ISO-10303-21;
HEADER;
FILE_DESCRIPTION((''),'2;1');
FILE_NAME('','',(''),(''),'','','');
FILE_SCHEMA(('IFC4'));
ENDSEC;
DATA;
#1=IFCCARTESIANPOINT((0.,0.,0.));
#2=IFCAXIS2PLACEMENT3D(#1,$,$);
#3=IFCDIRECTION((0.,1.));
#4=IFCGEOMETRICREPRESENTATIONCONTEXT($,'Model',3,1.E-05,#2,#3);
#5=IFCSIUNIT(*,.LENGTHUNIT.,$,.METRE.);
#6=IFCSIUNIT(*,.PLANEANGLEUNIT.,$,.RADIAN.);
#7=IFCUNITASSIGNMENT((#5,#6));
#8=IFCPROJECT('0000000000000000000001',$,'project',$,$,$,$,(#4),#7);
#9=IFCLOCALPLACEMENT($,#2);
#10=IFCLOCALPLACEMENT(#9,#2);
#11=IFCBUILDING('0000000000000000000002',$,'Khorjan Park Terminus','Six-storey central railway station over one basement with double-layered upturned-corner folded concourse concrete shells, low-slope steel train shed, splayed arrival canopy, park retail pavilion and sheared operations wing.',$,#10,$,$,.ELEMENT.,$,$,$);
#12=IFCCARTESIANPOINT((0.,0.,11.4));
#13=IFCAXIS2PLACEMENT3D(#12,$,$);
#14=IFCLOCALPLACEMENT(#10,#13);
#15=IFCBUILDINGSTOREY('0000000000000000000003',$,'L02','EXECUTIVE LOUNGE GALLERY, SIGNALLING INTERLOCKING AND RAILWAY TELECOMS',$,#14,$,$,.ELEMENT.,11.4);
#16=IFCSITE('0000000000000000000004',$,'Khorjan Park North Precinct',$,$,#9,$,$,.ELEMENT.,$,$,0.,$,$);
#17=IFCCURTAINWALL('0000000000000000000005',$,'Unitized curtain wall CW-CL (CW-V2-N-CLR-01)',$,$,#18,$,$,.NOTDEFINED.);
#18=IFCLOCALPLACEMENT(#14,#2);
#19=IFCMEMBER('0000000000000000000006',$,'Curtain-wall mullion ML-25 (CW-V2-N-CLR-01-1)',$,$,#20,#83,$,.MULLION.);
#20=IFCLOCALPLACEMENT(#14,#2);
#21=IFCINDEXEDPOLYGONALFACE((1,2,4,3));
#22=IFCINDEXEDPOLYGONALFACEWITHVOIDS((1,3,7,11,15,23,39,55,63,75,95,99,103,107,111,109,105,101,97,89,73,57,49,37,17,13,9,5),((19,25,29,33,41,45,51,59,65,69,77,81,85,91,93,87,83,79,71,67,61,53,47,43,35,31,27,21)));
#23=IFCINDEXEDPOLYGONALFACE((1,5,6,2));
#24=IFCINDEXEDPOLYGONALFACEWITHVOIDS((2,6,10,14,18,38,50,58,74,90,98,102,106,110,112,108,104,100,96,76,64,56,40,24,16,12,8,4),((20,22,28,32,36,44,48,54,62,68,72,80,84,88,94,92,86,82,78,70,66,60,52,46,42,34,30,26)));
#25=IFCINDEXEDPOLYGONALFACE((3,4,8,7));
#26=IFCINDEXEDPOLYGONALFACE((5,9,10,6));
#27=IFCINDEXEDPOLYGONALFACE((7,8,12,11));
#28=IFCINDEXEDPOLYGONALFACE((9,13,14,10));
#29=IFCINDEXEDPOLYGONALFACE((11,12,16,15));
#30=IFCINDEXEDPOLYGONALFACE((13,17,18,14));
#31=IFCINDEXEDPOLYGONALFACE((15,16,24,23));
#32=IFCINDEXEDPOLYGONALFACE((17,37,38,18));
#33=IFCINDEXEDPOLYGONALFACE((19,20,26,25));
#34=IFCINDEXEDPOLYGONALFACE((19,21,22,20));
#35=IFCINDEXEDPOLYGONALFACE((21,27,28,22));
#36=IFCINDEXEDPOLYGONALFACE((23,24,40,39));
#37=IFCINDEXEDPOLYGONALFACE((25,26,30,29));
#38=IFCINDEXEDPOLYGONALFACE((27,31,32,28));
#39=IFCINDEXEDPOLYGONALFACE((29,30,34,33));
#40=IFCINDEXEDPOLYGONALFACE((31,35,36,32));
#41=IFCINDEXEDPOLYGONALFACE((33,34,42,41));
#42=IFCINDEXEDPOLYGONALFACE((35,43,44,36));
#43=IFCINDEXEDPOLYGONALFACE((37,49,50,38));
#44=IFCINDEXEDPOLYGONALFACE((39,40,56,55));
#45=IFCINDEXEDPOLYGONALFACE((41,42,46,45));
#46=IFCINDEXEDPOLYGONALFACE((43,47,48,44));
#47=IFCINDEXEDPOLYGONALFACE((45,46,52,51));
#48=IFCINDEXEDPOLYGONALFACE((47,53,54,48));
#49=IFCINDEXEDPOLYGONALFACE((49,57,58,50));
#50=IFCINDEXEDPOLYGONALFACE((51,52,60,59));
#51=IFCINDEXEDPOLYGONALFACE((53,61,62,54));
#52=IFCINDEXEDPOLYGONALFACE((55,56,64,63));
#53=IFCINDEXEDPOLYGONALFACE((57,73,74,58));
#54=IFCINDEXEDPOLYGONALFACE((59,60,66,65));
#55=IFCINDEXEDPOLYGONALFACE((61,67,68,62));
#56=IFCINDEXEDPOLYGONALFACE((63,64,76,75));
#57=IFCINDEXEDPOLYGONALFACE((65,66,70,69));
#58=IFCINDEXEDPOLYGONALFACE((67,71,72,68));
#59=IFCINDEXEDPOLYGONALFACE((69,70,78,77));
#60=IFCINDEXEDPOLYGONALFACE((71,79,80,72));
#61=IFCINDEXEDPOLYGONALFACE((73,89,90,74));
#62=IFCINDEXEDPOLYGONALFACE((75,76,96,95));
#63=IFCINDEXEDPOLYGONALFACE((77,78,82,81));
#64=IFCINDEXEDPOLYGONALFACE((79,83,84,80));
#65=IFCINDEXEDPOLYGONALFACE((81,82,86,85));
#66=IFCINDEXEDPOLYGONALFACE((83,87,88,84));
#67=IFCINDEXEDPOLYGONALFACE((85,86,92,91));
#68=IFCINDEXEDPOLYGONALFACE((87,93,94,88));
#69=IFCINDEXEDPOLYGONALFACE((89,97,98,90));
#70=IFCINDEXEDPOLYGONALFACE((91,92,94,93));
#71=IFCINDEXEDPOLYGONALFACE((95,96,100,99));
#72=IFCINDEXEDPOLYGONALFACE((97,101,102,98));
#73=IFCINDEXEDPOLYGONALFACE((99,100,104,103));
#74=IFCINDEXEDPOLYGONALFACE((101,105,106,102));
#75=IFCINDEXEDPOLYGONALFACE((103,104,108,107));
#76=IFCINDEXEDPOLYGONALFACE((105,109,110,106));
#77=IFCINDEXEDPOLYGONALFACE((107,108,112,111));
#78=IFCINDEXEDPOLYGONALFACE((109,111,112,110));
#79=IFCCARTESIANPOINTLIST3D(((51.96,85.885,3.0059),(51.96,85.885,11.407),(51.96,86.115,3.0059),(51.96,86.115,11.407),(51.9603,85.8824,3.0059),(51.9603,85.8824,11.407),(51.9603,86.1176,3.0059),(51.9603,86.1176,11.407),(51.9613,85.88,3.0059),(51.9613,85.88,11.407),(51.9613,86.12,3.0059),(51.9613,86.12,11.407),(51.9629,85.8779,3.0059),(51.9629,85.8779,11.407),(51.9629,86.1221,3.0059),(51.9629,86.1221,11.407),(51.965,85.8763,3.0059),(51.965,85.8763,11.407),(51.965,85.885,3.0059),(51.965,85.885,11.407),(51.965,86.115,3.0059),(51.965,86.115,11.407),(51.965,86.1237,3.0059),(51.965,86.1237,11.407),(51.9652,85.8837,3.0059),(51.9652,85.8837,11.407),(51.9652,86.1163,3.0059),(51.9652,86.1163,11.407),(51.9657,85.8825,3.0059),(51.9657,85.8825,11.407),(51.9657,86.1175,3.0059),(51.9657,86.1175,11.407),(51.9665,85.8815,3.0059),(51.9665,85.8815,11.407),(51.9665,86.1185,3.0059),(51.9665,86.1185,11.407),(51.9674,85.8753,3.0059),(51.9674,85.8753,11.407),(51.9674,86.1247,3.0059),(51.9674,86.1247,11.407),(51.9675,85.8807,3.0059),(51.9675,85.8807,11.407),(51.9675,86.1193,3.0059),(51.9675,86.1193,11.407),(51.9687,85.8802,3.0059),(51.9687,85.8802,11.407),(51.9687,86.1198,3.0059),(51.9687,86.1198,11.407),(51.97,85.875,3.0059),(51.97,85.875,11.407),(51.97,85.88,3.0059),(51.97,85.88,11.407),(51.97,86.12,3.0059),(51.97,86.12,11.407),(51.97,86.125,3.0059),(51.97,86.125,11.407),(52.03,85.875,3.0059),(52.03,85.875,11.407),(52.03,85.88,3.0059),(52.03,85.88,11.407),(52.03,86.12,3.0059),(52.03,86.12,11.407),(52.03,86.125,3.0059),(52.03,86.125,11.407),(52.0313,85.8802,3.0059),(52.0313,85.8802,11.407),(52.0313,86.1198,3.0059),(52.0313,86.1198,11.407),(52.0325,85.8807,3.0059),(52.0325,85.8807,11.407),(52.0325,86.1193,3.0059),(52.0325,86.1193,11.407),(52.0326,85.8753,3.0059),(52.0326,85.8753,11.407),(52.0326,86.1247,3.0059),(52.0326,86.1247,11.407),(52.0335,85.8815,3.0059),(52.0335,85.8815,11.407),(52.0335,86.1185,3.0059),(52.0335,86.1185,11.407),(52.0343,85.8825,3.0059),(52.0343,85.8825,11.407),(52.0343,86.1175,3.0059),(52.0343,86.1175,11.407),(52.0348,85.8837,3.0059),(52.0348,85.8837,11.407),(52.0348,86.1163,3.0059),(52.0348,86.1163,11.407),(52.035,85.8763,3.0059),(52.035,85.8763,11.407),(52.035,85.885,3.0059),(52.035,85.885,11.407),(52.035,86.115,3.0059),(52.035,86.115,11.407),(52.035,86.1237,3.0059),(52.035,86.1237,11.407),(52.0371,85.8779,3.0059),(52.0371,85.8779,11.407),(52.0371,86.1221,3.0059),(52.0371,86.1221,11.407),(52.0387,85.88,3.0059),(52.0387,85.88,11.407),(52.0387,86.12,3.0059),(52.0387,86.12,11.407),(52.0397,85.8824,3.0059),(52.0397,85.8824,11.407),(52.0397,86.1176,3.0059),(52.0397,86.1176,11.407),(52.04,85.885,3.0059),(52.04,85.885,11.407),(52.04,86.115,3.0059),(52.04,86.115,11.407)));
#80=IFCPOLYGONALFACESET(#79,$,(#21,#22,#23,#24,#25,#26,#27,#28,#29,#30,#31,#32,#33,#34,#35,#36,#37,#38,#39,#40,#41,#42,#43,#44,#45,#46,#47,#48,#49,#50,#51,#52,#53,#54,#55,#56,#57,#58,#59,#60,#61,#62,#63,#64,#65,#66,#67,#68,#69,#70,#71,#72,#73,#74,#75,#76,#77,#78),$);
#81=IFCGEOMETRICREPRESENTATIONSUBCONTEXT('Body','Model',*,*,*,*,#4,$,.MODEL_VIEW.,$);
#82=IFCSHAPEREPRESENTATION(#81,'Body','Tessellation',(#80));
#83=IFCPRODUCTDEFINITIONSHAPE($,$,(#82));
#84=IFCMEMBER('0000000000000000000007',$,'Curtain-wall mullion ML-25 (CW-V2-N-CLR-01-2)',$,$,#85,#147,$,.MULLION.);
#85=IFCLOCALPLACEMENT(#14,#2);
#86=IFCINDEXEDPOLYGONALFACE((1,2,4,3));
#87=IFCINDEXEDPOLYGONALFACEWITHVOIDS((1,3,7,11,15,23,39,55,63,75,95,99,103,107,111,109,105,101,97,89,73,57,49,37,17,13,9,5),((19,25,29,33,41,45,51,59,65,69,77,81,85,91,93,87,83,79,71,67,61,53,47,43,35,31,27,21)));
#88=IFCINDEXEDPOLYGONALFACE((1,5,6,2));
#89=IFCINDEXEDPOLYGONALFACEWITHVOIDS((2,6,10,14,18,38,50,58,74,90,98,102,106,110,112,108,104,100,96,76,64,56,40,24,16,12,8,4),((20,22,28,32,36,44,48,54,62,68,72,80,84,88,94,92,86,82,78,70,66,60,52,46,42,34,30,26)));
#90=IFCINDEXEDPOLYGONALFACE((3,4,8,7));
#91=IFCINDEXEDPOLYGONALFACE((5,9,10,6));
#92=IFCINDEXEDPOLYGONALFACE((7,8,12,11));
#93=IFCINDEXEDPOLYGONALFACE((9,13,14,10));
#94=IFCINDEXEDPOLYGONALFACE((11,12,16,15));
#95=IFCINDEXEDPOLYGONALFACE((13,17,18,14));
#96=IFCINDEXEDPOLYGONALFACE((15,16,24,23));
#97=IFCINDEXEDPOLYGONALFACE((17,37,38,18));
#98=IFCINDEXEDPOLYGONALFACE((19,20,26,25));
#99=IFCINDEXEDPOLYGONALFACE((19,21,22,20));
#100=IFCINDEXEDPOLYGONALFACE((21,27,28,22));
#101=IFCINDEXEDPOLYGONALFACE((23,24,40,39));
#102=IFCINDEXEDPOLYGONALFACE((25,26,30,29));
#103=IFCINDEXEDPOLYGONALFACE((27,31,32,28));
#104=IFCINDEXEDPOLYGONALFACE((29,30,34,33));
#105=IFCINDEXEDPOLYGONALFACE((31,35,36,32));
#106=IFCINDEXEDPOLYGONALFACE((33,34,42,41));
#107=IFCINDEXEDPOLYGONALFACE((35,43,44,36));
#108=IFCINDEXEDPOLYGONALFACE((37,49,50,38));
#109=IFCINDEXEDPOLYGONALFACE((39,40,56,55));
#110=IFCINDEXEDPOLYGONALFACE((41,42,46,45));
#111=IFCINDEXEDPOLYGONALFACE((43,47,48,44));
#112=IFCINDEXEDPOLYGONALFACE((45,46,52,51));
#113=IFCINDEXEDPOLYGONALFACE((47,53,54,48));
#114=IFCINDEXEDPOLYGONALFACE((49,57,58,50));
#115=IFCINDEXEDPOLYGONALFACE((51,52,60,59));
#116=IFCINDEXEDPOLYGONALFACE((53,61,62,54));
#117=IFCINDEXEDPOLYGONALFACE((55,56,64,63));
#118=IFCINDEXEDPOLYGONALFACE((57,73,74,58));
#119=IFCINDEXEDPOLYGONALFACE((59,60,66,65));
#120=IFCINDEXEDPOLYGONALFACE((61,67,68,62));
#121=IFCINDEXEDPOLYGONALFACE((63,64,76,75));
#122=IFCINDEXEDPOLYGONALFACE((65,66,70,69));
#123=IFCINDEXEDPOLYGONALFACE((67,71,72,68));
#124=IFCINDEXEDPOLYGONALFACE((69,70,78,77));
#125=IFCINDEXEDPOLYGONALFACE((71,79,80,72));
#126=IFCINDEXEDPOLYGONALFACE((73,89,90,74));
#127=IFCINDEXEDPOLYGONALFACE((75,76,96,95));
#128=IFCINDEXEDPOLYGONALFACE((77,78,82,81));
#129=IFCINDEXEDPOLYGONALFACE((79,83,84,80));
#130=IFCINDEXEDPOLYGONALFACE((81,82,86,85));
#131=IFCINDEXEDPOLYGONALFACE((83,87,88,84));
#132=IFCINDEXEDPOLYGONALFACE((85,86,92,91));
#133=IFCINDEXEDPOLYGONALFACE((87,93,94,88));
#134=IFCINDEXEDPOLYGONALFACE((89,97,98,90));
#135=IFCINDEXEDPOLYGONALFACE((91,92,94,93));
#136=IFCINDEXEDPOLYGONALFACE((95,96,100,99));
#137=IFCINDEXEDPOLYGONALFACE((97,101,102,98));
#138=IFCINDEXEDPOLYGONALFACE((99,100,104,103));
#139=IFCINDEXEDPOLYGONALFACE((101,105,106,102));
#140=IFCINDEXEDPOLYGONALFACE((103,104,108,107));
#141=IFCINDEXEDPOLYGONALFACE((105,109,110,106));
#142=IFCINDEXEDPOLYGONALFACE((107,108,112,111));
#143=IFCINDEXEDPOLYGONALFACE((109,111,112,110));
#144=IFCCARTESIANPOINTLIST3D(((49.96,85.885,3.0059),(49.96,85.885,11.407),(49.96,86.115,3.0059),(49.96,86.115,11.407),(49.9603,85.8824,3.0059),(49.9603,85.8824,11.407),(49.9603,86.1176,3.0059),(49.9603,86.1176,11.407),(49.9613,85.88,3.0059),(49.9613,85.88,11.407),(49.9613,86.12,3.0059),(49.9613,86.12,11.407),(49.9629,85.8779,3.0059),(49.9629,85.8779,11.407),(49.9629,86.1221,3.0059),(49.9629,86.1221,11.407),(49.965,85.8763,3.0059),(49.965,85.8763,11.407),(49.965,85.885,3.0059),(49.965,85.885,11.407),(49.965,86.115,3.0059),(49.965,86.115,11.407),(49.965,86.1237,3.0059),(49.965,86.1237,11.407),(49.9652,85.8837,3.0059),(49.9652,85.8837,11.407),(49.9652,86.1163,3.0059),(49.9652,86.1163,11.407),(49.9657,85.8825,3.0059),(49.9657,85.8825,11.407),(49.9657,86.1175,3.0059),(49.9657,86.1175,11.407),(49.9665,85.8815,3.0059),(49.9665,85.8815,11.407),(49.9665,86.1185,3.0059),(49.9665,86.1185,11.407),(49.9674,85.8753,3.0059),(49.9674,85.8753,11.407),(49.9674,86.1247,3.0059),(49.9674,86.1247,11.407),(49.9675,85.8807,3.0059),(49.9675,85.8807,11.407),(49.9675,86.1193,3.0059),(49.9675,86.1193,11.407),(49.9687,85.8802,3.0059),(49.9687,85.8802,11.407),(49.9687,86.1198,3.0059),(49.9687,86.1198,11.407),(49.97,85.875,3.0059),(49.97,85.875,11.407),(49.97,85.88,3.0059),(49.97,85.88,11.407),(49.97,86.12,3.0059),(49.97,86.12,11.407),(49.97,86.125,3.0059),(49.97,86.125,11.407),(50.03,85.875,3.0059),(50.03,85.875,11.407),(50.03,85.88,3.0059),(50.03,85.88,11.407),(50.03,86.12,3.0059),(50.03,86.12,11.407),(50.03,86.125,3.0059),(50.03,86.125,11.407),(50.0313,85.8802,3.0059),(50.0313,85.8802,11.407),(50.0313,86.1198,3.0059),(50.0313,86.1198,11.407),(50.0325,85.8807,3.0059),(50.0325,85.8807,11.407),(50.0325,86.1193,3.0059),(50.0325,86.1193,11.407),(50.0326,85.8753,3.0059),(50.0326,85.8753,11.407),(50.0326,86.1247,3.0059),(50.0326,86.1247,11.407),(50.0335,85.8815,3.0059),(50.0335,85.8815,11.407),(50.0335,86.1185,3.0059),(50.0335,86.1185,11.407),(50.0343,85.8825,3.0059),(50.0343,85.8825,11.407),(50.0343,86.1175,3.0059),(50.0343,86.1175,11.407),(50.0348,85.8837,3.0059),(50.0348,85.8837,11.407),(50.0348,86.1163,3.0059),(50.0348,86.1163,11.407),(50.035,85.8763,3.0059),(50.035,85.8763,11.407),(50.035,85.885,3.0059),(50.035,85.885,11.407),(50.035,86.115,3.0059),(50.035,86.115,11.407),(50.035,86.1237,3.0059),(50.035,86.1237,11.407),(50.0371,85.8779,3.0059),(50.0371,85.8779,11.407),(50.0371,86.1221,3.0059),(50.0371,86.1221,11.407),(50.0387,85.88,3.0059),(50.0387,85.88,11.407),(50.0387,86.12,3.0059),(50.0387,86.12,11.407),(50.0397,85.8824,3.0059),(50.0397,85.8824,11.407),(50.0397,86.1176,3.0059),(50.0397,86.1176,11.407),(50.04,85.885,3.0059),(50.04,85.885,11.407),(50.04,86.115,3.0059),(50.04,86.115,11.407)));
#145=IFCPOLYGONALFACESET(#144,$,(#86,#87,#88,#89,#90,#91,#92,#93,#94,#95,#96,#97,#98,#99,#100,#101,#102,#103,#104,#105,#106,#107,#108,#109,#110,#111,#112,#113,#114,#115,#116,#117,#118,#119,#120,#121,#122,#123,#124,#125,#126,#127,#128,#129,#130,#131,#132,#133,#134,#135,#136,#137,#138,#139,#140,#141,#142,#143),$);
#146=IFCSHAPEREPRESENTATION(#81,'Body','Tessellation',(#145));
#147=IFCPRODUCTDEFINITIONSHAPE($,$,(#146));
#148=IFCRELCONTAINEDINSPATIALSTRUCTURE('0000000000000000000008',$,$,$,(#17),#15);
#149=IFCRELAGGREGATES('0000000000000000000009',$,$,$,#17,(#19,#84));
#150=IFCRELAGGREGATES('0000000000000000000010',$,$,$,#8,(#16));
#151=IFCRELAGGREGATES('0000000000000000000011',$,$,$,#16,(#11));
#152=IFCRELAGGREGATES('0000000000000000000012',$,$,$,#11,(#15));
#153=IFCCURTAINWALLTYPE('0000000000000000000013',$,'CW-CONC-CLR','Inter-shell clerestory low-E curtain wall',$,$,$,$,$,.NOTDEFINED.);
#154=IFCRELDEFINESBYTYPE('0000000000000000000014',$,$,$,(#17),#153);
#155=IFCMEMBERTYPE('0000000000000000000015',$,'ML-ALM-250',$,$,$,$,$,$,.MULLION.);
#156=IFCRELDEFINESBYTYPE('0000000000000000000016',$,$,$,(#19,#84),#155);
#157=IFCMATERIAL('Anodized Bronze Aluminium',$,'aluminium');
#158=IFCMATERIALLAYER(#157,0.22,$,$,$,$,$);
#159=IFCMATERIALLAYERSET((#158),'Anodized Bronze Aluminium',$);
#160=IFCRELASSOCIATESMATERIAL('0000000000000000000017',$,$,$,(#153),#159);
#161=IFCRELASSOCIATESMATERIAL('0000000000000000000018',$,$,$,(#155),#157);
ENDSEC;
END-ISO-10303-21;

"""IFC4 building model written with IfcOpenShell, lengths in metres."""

from ifc_helpers import new_model, si_unit, direction, frame, origin, origin_2d, place, context, subcontext, project, spatial, hollow_rectangle, extrude, material, layer, layer_set, material_profile, profile_set, type_object, element, aggregate, save


model = new_model("IFC4")

# Units and contexts
model_context = context("Model", 3, precision=1e-05, world=origin(), true_north=direction((0.0, 1.0)))
body_context = subcontext(model_context, "Body", "Model", "MODEL_VIEW")
ifc_project = project(units=[si_unit("LENGTHUNIT", "METRE"), si_unit("PLANEANGLEUNIT", "RADIAN")], contexts=[model_context])

# Site, building, storey
site_placement = place(None, origin())
site = spatial("IfcSite", under=ifc_project, at=site_placement, Name="Khorjan Park North Precinct", CompositionType="ELEMENT", RefElevation=0.0)
building_placement = place(site_placement, origin())
building = spatial("IfcBuilding", under=site, at=building_placement, Name="Khorjan Park Terminus", Description="Six-storey central railway station over one basement with double-layered upturned-corner folded concourse concrete shells, low-slope steel train shed, splayed arrival canopy, park retail pavilion and sheared operations wing.", CompositionType="ELEMENT")
storey_placement = place(building_placement, frame((0.0, 0.0, 11.4)))
storey = spatial("IfcBuildingStorey", under=building, at=storey_placement, Name="L02", Description="EXECUTIVE LOUNGE GALLERY, SIGNALLING INTERLOCKING AND RAILWAY TELECOMS", CompositionType="ELEMENT", Elevation=11.4)

# Curtain wall, members
ifc_material_1 = material(Name="Anodized Bronze Aluminium", Category="aluminium")
ifc_layer_1 = layer(ifc_material_1, 0.22)
ifc_layer_set_1 = layer_set([ifc_layer_1], Name="Anodized Bronze Aluminium")
curtain_wall_type = type_object("IfcCurtainWallType", Name="CW-CONC-CLR", Description="Inter-shell clerestory low-E curtain wall", PredefinedType="NOTDEFINED", material=ifc_layer_set_1)
curtain_wall_1_placement = place(storey_placement, origin())
curtain_wall_1 = element("IfcCurtainWall", 1, at=curtain_wall_1_placement, inside=storey, type_object=curtain_wall_type, Name="Unitized curtain wall CW-CL (CW-V2-N-CLR-01)", PredefinedType="NOTDEFINED")
ifc_material_profile_1 = material_profile(ifc_material_1, hollow_rectangle(XDim=0.08, YDim=0.25, WallThickness=0.005, InnerFilletRadius=0.005, OuterFilletRadius=0.01, at=origin_2d()), Name="ALM 80x250x5")
ifc_profile_set_1 = profile_set([ifc_material_profile_1], Name="Anodized Bronze Aluminium")
member_type_1 = type_object("IfcMemberType", Name="ML-ALM-250", PredefinedType="MULLION", material=ifc_profile_set_1)
member_1_placement = place(storey_placement, frame((52.0, 86.0, 3.0059), z_axis=(0.0, 0.0, 1.0), x_axis=(-1.0, 0.0, 0.0)))
member_1 = element("IfcMember", 2, at=member_1_placement, type_object=member_type_1, Name="Curtain-wall mullion ML-25 (CW-V2-N-CLR-01-1)", PredefinedType="MULLION", context=body_context, shape_type="SweptSolid", body=[
    extrude(hollow_rectangle(XDim=0.08, YDim=0.25, WallThickness=0.005, InnerFilletRadius=0.005, OuterFilletRadius=0.01, at=origin_2d()), origin(), (0.0, 0.0, 1.0), 8.4011),
])
member_2_placement = place(storey_placement, frame((50.0, 86.0, 3.0059), z_axis=(0.0, 0.0, 1.0), x_axis=(-1.0, 0.0, 0.0)))
member_2 = element("IfcMember", 3, at=member_2_placement, type_object=member_type_1, Name="Curtain-wall mullion ML-25 (CW-V2-N-CLR-01-2)", PredefinedType="MULLION", context=body_context, shape_type="SweptSolid", body=[
    extrude(hollow_rectangle(XDim=0.08, YDim=0.25, WallThickness=0.005, InnerFilletRadius=0.005, OuterFilletRadius=0.01, at=origin_2d()), origin(), (0.0, 0.0, 1.0), 8.4011),
])

aggregate(curtain_wall_1, [member_1, member_2])

save(model, "model.ifc")
